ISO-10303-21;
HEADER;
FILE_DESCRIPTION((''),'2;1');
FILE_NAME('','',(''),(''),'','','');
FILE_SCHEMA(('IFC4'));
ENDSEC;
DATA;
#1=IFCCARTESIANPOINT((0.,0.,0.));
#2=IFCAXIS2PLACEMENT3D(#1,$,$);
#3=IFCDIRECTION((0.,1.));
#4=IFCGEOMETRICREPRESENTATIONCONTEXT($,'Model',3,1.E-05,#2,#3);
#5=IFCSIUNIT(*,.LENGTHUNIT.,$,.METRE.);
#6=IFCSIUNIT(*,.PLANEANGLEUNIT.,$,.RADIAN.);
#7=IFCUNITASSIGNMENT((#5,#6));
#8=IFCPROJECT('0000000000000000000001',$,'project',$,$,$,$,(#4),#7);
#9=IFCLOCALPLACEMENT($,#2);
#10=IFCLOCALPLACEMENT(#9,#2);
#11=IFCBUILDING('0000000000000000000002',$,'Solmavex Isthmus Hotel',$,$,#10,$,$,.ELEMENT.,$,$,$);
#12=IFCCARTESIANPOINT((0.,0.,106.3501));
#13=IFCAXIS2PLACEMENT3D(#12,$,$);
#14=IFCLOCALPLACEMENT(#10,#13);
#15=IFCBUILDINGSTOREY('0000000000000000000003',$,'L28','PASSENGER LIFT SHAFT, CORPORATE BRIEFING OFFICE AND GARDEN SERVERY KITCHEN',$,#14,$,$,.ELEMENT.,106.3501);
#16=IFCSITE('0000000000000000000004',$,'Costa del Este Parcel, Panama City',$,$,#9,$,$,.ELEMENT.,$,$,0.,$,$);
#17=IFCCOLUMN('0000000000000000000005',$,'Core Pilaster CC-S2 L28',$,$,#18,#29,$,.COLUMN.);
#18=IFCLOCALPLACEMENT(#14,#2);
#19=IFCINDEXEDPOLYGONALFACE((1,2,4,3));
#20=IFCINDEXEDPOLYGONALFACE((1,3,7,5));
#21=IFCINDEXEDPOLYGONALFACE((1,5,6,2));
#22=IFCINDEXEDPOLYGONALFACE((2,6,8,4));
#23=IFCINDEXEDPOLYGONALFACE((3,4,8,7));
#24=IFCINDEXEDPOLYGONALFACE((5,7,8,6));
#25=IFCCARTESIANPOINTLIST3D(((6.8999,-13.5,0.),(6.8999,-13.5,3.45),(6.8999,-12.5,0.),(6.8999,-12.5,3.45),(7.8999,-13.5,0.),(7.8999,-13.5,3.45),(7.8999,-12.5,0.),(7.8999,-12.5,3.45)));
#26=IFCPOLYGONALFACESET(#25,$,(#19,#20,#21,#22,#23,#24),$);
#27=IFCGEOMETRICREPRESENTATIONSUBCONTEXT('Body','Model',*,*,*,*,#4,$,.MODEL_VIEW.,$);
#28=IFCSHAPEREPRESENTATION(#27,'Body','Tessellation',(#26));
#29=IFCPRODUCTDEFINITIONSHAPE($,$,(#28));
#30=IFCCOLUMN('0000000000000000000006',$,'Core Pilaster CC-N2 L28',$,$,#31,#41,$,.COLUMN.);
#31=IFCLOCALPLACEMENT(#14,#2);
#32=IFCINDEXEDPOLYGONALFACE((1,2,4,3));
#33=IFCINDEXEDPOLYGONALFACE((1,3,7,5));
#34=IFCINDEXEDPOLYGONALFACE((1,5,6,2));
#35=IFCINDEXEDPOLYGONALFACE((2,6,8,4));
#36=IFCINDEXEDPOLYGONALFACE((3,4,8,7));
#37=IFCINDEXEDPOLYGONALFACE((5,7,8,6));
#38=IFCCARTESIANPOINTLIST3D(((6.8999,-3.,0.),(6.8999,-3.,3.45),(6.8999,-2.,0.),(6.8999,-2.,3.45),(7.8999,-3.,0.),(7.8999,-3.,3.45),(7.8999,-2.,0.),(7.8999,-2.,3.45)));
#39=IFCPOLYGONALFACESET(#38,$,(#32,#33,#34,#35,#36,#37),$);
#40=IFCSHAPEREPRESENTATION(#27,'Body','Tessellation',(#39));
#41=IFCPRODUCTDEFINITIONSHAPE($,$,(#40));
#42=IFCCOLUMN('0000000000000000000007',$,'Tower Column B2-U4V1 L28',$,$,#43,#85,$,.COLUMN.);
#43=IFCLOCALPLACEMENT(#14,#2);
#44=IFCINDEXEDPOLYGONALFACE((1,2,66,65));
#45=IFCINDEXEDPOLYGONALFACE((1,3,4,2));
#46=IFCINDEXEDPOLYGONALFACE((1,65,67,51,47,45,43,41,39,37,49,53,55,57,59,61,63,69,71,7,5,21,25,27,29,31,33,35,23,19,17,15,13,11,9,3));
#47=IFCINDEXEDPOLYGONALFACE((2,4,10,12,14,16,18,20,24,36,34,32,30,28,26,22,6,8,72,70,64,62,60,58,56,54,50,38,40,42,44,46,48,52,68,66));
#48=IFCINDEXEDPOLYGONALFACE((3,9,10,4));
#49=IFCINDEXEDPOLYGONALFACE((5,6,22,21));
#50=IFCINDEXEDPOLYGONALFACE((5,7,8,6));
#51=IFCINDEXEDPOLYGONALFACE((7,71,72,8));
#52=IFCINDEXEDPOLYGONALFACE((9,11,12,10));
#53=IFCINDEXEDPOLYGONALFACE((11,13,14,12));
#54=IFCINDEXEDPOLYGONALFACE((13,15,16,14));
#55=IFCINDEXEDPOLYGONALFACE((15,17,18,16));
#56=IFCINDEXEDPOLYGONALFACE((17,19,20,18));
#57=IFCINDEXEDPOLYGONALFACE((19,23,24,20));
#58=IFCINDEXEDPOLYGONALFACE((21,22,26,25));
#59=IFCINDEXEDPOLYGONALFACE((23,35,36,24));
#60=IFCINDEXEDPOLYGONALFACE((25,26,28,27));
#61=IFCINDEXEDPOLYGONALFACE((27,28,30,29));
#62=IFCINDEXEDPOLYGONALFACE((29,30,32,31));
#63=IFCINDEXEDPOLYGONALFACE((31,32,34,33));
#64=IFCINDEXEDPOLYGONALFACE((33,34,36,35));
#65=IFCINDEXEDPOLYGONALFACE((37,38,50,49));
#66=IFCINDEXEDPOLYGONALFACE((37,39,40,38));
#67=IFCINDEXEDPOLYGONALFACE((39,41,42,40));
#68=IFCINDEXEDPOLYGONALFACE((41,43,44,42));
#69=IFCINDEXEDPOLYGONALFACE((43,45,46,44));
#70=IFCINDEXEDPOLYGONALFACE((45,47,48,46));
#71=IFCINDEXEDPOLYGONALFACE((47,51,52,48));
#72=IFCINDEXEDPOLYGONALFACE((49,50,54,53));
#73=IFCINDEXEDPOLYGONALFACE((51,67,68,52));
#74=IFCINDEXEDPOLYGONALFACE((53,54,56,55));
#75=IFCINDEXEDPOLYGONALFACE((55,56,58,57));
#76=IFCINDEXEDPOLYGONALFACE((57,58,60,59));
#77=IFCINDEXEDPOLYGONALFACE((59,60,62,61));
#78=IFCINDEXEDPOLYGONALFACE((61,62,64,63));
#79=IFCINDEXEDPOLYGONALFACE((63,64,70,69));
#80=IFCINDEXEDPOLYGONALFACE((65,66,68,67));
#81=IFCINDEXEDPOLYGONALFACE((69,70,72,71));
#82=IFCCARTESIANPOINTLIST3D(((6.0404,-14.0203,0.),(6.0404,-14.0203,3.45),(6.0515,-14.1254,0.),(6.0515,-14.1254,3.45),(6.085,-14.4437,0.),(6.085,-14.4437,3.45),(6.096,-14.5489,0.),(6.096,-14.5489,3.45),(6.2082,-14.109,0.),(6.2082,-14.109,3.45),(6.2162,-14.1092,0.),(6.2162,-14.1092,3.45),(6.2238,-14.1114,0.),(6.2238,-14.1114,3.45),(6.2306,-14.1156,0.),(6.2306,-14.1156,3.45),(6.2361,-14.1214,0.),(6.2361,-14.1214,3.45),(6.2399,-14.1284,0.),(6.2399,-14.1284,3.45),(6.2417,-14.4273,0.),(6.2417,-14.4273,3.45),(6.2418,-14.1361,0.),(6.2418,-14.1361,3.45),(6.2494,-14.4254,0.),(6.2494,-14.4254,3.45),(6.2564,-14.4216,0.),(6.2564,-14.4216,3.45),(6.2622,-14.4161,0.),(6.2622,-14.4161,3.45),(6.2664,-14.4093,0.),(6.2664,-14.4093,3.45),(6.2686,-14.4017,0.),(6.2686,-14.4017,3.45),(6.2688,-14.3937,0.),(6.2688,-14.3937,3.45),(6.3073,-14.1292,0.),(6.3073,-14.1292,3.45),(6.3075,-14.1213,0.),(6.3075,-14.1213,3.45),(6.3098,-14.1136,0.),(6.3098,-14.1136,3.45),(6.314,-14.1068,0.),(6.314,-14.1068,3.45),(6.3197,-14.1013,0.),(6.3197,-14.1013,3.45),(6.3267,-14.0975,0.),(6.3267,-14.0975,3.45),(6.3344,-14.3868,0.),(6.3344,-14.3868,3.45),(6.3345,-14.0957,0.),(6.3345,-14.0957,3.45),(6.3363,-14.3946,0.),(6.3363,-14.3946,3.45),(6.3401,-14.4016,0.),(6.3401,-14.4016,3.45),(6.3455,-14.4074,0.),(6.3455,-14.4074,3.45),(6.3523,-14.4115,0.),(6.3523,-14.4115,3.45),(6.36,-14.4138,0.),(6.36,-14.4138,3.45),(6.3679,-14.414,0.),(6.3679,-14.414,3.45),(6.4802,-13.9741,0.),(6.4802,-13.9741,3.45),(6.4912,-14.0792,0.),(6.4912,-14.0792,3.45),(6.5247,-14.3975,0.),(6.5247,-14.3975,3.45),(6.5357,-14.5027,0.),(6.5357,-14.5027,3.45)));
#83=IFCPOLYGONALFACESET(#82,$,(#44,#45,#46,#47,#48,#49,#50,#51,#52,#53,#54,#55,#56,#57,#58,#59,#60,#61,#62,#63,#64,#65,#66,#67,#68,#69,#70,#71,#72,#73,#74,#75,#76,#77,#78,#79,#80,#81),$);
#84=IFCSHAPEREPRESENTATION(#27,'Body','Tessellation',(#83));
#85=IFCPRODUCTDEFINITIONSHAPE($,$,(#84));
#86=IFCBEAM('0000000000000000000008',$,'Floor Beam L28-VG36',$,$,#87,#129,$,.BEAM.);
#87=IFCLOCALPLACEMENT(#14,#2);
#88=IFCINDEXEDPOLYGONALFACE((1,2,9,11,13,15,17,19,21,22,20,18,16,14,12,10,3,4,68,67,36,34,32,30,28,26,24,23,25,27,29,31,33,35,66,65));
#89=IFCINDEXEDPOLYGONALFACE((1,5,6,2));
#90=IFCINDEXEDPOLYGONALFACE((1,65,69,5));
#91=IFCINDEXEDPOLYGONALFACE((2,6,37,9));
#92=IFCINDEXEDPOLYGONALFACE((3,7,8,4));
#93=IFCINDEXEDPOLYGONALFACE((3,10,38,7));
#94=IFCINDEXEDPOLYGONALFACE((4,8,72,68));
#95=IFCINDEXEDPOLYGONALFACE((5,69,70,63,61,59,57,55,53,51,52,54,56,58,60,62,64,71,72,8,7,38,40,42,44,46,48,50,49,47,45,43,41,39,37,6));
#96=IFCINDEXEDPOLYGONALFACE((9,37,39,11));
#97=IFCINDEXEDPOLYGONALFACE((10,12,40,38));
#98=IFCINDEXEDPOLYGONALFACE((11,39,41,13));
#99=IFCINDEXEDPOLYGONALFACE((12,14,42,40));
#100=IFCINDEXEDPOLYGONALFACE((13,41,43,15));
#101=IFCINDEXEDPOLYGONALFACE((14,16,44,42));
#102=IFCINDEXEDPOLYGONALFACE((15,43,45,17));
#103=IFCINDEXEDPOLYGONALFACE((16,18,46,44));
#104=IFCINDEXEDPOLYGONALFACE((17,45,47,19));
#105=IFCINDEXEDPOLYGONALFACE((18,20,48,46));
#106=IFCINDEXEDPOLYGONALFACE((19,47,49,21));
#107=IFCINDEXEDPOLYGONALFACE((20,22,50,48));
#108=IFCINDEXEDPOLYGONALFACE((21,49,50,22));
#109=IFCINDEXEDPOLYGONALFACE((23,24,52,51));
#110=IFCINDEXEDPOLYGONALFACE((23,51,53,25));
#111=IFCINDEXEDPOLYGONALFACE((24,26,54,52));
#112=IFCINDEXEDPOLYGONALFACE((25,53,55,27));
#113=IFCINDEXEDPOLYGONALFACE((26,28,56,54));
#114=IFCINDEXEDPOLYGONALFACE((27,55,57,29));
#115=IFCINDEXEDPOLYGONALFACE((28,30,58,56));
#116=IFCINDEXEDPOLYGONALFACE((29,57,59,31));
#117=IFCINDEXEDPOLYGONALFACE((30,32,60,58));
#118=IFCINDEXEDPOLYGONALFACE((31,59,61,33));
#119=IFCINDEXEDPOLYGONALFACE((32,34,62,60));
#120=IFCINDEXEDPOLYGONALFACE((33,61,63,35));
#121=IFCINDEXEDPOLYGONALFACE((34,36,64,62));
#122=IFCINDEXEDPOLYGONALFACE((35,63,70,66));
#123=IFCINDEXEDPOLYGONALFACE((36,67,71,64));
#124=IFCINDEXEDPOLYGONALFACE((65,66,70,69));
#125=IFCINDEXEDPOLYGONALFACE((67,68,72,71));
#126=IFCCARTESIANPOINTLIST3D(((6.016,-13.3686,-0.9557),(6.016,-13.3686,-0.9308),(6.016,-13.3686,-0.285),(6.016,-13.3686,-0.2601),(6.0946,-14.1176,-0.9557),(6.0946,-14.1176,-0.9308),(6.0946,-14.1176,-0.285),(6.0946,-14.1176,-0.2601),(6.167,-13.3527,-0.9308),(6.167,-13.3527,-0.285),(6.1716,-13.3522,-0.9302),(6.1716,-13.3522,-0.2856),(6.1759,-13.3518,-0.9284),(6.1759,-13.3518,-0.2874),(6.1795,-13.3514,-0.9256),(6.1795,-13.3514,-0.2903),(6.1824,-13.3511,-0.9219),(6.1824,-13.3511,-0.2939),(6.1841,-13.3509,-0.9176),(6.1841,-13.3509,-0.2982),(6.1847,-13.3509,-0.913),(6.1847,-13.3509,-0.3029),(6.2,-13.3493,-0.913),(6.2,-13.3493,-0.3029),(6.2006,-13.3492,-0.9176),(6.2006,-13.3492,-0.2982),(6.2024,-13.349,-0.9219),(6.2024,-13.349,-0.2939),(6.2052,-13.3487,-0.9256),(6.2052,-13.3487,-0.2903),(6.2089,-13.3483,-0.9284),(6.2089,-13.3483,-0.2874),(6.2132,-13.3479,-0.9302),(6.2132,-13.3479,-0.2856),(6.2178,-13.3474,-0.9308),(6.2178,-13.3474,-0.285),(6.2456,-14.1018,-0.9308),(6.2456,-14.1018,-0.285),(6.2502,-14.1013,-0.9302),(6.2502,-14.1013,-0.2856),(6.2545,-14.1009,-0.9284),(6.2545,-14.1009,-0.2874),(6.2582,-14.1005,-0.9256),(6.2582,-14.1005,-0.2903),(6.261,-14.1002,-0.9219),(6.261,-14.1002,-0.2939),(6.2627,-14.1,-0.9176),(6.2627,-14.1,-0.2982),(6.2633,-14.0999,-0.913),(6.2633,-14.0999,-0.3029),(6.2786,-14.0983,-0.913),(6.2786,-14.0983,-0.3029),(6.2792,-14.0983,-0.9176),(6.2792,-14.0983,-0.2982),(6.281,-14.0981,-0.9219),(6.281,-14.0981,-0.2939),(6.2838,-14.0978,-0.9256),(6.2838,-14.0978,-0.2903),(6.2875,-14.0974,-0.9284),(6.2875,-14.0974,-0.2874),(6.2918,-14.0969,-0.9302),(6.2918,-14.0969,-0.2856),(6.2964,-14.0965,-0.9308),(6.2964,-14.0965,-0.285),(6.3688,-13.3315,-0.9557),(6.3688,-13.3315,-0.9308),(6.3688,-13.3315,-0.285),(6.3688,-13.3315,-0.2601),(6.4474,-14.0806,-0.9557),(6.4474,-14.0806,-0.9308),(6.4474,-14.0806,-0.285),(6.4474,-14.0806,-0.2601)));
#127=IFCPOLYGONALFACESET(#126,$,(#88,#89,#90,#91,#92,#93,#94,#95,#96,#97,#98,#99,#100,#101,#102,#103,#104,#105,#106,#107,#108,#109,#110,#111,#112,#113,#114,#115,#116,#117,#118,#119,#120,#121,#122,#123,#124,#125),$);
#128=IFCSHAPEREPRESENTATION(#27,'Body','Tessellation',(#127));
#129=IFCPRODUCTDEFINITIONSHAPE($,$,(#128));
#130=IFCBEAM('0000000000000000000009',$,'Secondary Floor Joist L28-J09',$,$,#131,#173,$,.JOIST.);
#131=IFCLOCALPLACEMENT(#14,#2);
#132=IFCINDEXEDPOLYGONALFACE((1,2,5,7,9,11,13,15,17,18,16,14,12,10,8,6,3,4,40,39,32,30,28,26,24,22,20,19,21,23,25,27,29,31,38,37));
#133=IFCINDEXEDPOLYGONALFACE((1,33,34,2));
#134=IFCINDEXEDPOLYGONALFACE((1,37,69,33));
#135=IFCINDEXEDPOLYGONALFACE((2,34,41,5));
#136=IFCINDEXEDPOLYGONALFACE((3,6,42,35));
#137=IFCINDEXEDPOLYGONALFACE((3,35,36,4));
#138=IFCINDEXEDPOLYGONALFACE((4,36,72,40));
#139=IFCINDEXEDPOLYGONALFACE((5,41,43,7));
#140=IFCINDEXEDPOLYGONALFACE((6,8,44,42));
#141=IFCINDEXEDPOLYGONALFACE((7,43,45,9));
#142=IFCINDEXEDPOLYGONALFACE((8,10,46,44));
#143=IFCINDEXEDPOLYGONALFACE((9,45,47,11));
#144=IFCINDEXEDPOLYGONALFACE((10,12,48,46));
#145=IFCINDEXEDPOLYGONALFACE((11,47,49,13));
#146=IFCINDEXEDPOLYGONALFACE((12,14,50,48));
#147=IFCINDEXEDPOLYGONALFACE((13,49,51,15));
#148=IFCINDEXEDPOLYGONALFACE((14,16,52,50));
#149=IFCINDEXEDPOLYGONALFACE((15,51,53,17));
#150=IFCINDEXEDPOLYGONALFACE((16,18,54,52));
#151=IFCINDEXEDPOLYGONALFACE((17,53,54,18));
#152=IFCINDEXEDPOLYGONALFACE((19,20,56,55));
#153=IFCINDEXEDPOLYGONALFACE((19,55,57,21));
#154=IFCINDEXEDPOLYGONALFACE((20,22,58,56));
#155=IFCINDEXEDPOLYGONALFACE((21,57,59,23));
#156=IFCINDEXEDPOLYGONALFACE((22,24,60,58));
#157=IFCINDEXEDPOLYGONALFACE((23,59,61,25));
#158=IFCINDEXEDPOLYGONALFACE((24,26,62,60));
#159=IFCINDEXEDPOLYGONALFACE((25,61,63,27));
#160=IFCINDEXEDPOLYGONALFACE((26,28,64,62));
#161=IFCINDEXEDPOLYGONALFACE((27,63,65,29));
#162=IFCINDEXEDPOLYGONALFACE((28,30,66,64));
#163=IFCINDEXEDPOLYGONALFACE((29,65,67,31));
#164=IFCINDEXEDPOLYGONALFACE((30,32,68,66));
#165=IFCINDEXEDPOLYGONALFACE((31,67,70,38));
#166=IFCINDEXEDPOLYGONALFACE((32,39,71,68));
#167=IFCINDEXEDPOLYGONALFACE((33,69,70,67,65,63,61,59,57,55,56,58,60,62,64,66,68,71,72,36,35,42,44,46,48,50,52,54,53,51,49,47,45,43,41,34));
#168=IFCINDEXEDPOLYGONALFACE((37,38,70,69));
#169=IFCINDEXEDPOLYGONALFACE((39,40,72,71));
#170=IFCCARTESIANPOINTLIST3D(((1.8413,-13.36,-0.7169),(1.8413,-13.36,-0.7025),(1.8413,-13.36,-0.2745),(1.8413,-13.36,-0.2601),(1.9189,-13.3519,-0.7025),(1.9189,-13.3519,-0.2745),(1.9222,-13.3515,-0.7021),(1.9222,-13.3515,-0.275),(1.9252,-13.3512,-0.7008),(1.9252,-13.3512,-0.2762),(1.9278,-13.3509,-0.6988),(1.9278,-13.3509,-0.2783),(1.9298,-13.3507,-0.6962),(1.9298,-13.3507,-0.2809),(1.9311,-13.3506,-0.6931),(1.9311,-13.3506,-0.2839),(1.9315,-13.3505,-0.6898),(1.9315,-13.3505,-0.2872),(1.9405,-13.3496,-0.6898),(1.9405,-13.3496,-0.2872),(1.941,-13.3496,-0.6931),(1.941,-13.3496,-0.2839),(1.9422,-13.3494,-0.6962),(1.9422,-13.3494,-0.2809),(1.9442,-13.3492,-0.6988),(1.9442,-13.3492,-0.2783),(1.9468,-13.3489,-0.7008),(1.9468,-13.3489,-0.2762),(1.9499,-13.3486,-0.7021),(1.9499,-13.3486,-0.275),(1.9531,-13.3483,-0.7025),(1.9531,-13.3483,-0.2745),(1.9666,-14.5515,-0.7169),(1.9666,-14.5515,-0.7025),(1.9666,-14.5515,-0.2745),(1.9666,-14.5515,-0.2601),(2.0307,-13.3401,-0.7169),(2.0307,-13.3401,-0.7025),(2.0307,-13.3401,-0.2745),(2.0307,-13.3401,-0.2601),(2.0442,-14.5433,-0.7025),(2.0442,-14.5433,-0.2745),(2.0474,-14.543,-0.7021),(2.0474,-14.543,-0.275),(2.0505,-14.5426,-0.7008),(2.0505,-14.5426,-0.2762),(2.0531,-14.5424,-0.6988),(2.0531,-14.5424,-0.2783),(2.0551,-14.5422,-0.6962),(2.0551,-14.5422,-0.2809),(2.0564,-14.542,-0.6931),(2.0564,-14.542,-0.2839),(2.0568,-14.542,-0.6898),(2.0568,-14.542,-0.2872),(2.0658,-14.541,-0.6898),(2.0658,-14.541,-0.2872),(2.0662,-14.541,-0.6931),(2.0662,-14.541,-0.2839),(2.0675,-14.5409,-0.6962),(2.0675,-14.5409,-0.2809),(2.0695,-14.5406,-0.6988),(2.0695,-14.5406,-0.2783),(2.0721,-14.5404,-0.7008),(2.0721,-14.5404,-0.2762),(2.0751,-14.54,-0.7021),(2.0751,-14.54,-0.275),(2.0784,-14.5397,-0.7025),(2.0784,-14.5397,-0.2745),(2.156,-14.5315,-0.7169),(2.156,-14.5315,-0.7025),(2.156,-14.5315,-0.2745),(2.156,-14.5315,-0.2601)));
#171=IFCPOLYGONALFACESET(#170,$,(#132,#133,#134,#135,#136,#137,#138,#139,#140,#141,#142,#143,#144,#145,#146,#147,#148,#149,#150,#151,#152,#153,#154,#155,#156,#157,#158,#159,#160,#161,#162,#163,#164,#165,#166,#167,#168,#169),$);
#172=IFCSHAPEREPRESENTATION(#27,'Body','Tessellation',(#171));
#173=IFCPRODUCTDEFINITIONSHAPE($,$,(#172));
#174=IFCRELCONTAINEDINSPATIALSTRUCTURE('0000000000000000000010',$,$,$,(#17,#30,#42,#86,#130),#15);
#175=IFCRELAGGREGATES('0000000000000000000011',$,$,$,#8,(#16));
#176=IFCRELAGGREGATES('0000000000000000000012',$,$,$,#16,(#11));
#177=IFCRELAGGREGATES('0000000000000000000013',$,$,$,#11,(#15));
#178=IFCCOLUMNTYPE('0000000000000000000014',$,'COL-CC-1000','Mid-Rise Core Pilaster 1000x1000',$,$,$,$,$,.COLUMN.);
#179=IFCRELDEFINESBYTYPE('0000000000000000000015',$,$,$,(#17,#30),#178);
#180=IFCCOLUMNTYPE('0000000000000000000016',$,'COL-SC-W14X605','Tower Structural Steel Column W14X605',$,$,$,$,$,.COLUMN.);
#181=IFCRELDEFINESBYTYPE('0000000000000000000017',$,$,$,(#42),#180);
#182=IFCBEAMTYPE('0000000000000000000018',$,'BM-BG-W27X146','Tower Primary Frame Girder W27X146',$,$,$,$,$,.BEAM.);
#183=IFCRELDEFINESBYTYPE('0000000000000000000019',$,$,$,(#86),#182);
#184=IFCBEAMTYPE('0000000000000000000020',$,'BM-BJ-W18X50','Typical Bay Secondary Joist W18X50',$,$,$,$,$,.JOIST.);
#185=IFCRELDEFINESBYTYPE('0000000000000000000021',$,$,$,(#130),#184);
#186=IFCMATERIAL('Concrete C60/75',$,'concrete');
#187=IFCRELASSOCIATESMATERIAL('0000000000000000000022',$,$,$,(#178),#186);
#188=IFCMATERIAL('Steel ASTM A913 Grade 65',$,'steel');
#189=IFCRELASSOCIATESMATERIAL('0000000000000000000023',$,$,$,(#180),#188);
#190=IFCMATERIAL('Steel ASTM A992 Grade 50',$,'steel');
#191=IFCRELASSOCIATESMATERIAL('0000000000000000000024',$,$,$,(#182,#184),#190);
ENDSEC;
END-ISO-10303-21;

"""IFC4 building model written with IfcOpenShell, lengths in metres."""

from ifc_helpers import new_model, si_unit, direction, frame, origin, origin_2d, place, context, subcontext, project, spatial, rectangle, i_section, extrude, material, material_profile, profile_set, type_object, element, save


model = new_model("IFC4")

# Units and contexts
model_context = context("Model", 3, precision=1e-05, world=origin(), true_north=direction((0.0, 1.0)))
body_context = subcontext(model_context, "Body", "Model", "MODEL_VIEW")
ifc_project = project(units=[si_unit("LENGTHUNIT", "METRE"), si_unit("PLANEANGLEUNIT", "RADIAN")], contexts=[model_context])

# Site, building, storey
site_placement = place(None, origin())
site = spatial("IfcSite", under=ifc_project, at=site_placement, Name="Costa del Este Parcel, Panama City", CompositionType="ELEMENT", RefElevation=0.0)
building_placement = place(site_placement, origin())
building = spatial("IfcBuilding", under=site, at=building_placement, Name="Solmavex Isthmus Hotel", CompositionType="ELEMENT")
storey_placement = place(building_placement, frame((0.0, 0.0, 106.3501)))
storey = spatial("IfcBuildingStorey", under=building, at=storey_placement, Name="L28", Description="PASSENGER LIFT SHAFT, CORPORATE BRIEFING OFFICE AND GARDEN SERVERY KITCHEN", CompositionType="ELEMENT", Elevation=106.3501)

# Columns
ifc_material_1 = material(Name="Concrete C60/75", Category="concrete")
ifc_material_profile_1 = material_profile(ifc_material_1, rectangle(XDim=1.0, YDim=1.0, at=origin_2d()), Name="RC1000X1000")
ifc_profile_set_1 = profile_set([ifc_material_profile_1], Name="Concrete C60/75")
column_type_1 = type_object("IfcColumnType", Name="COL-CC-1000", Description="Mid-Rise Core Pilaster 1000x1000", PredefinedType="COLUMN", material=ifc_profile_set_1)
for number, where, z_axis, x_axis, name in (
    (1, (7.3999, -13.0, 0.0), (0.0, 0.0, 1.0), (1.0, 0.0, 0.0), "Core Pilaster CC-S2 L28"),
    (2, (7.3999, -2.5, 0.0), (0.0, 0.0, 1.0), (1.0, 0.0, 0.0), "Core Pilaster CC-N2 L28"),
):
    element("IfcColumn", number, at=place(storey_placement, frame(where, z_axis=z_axis, x_axis=x_axis)), inside=storey, type_object=column_type_1, Name=name, PredefinedType="COLUMN", context=body_context, shape_type="SweptSolid", body=[
        extrude(rectangle(XDim=1.0, YDim=1.0, at=origin_2d()), origin(), (0.0, 0.0, 1.0), 3.45),
    ])
ifc_material_2 = material(Name="Steel ASTM A913 Grade 65", Category="steel")
ifc_material_profile_2 = material_profile(ifc_material_2, i_section(OverallWidth=0.4421, OverallDepth=0.5315, WebThickness=0.0659, FlangeThickness=0.1057, FilletRadius=0.0305, at=origin_2d()), Name="W14X605")
ifc_profile_set_2 = profile_set([ifc_material_profile_2], Name="Steel ASTM A913 Grade 65")
column_type_2 = type_object("IfcColumnType", Name="COL-SC-W14X605", Description="Tower Structural Steel Column W14X605", PredefinedType="COLUMN", material=ifc_profile_set_2)
column_placement = place(storey_placement, frame((6.2881, -14.2615, 0.0), z_axis=(0.0, 0.0, 1.0), x_axis=(0.994522, 0.104528, 0.0)))
element("IfcColumn", 3, at=column_placement, inside=storey, type_object=column_type_2, Name="Tower Column B2-U4V1 L28", PredefinedType="COLUMN", context=body_context, shape_type="SweptSolid", body=[
    extrude(i_section(OverallWidth=0.4421, OverallDepth=0.5315, WebThickness=0.0659, FlangeThickness=0.1057, FilletRadius=0.0305, at=origin_2d()), origin(), (0.0, 0.0, 1.0), 3.45),
])

# Beams
ifc_material_3 = material(Name="Steel ASTM A992 Grade 50", Category="steel")
ifc_material_profile_3 = material_profile(ifc_material_3, i_section(OverallWidth=0.3547, OverallDepth=0.6956, WebThickness=0.0154, FlangeThickness=0.0249, FilletRadius=0.0178, at=origin_2d()), Name="W27X146")
ifc_profile_set_3 = profile_set([ifc_material_profile_3], Name="Steel ASTM A992 Grade 50")
beam_type_1 = type_object("IfcBeamType", Name="BM-BG-W27X146", Description="Tower Primary Frame Girder W27X146", PredefinedType="BEAM", material=ifc_profile_set_3)
beam_1_placement = place(storey_placement, frame((6.271, -14.0991, -0.6079), z_axis=(-0.104381, 0.994537, 0.0), x_axis=(-0.994537, -0.104381, 0.0)))
element("IfcBeam", 4, at=beam_1_placement, inside=storey, type_object=beam_type_1, Name="Floor Beam L28-VG36", PredefinedType="BEAM", context=body_context, shape_type="SweptSolid", body=[
    extrude(i_section(OverallWidth=0.3547, OverallDepth=0.6956, WebThickness=0.0154, FlangeThickness=0.0249, FilletRadius=0.0178, at=origin_2d()), origin(), (0.0, 0.0, 1.0), 0.7532),
])
ifc_material_profile_4 = material_profile(ifc_material_3, i_section(OverallWidth=0.1904, OverallDepth=0.4568, WebThickness=0.009, FlangeThickness=0.0144, FilletRadius=0.0127, at=origin_2d()), Name="W18X50")
ifc_profile_set_4 = profile_set([ifc_material_profile_4], Name="Steel ASTM A992 Grade 50")
beam_type_2 = type_object("IfcBeamType", Name="BM-BJ-W18X50", Description="Typical Bay Secondary Joist W18X50", PredefinedType="JOIST", material=ifc_profile_set_4)
beam_2_placement = place(storey_placement, frame((2.0613, -14.5415, -0.4885), z_axis=(-0.104547, 0.99452, 0.0), x_axis=(-0.99452, -0.104547, 0.0)))
element("IfcBeam", 5, at=beam_2_placement, inside=storey, type_object=beam_type_2, Name="Secondary Floor Joist L28-J09", PredefinedType="JOIST", context=body_context, shape_type="SweptSolid", body=[
    extrude(i_section(OverallWidth=0.1904, OverallDepth=0.4568, WebThickness=0.009, FlangeThickness=0.0144, FilletRadius=0.0127, at=origin_2d()), origin(), (0.0, 0.0, 1.0), 1.198),
])

save(model, "model.ifc")
